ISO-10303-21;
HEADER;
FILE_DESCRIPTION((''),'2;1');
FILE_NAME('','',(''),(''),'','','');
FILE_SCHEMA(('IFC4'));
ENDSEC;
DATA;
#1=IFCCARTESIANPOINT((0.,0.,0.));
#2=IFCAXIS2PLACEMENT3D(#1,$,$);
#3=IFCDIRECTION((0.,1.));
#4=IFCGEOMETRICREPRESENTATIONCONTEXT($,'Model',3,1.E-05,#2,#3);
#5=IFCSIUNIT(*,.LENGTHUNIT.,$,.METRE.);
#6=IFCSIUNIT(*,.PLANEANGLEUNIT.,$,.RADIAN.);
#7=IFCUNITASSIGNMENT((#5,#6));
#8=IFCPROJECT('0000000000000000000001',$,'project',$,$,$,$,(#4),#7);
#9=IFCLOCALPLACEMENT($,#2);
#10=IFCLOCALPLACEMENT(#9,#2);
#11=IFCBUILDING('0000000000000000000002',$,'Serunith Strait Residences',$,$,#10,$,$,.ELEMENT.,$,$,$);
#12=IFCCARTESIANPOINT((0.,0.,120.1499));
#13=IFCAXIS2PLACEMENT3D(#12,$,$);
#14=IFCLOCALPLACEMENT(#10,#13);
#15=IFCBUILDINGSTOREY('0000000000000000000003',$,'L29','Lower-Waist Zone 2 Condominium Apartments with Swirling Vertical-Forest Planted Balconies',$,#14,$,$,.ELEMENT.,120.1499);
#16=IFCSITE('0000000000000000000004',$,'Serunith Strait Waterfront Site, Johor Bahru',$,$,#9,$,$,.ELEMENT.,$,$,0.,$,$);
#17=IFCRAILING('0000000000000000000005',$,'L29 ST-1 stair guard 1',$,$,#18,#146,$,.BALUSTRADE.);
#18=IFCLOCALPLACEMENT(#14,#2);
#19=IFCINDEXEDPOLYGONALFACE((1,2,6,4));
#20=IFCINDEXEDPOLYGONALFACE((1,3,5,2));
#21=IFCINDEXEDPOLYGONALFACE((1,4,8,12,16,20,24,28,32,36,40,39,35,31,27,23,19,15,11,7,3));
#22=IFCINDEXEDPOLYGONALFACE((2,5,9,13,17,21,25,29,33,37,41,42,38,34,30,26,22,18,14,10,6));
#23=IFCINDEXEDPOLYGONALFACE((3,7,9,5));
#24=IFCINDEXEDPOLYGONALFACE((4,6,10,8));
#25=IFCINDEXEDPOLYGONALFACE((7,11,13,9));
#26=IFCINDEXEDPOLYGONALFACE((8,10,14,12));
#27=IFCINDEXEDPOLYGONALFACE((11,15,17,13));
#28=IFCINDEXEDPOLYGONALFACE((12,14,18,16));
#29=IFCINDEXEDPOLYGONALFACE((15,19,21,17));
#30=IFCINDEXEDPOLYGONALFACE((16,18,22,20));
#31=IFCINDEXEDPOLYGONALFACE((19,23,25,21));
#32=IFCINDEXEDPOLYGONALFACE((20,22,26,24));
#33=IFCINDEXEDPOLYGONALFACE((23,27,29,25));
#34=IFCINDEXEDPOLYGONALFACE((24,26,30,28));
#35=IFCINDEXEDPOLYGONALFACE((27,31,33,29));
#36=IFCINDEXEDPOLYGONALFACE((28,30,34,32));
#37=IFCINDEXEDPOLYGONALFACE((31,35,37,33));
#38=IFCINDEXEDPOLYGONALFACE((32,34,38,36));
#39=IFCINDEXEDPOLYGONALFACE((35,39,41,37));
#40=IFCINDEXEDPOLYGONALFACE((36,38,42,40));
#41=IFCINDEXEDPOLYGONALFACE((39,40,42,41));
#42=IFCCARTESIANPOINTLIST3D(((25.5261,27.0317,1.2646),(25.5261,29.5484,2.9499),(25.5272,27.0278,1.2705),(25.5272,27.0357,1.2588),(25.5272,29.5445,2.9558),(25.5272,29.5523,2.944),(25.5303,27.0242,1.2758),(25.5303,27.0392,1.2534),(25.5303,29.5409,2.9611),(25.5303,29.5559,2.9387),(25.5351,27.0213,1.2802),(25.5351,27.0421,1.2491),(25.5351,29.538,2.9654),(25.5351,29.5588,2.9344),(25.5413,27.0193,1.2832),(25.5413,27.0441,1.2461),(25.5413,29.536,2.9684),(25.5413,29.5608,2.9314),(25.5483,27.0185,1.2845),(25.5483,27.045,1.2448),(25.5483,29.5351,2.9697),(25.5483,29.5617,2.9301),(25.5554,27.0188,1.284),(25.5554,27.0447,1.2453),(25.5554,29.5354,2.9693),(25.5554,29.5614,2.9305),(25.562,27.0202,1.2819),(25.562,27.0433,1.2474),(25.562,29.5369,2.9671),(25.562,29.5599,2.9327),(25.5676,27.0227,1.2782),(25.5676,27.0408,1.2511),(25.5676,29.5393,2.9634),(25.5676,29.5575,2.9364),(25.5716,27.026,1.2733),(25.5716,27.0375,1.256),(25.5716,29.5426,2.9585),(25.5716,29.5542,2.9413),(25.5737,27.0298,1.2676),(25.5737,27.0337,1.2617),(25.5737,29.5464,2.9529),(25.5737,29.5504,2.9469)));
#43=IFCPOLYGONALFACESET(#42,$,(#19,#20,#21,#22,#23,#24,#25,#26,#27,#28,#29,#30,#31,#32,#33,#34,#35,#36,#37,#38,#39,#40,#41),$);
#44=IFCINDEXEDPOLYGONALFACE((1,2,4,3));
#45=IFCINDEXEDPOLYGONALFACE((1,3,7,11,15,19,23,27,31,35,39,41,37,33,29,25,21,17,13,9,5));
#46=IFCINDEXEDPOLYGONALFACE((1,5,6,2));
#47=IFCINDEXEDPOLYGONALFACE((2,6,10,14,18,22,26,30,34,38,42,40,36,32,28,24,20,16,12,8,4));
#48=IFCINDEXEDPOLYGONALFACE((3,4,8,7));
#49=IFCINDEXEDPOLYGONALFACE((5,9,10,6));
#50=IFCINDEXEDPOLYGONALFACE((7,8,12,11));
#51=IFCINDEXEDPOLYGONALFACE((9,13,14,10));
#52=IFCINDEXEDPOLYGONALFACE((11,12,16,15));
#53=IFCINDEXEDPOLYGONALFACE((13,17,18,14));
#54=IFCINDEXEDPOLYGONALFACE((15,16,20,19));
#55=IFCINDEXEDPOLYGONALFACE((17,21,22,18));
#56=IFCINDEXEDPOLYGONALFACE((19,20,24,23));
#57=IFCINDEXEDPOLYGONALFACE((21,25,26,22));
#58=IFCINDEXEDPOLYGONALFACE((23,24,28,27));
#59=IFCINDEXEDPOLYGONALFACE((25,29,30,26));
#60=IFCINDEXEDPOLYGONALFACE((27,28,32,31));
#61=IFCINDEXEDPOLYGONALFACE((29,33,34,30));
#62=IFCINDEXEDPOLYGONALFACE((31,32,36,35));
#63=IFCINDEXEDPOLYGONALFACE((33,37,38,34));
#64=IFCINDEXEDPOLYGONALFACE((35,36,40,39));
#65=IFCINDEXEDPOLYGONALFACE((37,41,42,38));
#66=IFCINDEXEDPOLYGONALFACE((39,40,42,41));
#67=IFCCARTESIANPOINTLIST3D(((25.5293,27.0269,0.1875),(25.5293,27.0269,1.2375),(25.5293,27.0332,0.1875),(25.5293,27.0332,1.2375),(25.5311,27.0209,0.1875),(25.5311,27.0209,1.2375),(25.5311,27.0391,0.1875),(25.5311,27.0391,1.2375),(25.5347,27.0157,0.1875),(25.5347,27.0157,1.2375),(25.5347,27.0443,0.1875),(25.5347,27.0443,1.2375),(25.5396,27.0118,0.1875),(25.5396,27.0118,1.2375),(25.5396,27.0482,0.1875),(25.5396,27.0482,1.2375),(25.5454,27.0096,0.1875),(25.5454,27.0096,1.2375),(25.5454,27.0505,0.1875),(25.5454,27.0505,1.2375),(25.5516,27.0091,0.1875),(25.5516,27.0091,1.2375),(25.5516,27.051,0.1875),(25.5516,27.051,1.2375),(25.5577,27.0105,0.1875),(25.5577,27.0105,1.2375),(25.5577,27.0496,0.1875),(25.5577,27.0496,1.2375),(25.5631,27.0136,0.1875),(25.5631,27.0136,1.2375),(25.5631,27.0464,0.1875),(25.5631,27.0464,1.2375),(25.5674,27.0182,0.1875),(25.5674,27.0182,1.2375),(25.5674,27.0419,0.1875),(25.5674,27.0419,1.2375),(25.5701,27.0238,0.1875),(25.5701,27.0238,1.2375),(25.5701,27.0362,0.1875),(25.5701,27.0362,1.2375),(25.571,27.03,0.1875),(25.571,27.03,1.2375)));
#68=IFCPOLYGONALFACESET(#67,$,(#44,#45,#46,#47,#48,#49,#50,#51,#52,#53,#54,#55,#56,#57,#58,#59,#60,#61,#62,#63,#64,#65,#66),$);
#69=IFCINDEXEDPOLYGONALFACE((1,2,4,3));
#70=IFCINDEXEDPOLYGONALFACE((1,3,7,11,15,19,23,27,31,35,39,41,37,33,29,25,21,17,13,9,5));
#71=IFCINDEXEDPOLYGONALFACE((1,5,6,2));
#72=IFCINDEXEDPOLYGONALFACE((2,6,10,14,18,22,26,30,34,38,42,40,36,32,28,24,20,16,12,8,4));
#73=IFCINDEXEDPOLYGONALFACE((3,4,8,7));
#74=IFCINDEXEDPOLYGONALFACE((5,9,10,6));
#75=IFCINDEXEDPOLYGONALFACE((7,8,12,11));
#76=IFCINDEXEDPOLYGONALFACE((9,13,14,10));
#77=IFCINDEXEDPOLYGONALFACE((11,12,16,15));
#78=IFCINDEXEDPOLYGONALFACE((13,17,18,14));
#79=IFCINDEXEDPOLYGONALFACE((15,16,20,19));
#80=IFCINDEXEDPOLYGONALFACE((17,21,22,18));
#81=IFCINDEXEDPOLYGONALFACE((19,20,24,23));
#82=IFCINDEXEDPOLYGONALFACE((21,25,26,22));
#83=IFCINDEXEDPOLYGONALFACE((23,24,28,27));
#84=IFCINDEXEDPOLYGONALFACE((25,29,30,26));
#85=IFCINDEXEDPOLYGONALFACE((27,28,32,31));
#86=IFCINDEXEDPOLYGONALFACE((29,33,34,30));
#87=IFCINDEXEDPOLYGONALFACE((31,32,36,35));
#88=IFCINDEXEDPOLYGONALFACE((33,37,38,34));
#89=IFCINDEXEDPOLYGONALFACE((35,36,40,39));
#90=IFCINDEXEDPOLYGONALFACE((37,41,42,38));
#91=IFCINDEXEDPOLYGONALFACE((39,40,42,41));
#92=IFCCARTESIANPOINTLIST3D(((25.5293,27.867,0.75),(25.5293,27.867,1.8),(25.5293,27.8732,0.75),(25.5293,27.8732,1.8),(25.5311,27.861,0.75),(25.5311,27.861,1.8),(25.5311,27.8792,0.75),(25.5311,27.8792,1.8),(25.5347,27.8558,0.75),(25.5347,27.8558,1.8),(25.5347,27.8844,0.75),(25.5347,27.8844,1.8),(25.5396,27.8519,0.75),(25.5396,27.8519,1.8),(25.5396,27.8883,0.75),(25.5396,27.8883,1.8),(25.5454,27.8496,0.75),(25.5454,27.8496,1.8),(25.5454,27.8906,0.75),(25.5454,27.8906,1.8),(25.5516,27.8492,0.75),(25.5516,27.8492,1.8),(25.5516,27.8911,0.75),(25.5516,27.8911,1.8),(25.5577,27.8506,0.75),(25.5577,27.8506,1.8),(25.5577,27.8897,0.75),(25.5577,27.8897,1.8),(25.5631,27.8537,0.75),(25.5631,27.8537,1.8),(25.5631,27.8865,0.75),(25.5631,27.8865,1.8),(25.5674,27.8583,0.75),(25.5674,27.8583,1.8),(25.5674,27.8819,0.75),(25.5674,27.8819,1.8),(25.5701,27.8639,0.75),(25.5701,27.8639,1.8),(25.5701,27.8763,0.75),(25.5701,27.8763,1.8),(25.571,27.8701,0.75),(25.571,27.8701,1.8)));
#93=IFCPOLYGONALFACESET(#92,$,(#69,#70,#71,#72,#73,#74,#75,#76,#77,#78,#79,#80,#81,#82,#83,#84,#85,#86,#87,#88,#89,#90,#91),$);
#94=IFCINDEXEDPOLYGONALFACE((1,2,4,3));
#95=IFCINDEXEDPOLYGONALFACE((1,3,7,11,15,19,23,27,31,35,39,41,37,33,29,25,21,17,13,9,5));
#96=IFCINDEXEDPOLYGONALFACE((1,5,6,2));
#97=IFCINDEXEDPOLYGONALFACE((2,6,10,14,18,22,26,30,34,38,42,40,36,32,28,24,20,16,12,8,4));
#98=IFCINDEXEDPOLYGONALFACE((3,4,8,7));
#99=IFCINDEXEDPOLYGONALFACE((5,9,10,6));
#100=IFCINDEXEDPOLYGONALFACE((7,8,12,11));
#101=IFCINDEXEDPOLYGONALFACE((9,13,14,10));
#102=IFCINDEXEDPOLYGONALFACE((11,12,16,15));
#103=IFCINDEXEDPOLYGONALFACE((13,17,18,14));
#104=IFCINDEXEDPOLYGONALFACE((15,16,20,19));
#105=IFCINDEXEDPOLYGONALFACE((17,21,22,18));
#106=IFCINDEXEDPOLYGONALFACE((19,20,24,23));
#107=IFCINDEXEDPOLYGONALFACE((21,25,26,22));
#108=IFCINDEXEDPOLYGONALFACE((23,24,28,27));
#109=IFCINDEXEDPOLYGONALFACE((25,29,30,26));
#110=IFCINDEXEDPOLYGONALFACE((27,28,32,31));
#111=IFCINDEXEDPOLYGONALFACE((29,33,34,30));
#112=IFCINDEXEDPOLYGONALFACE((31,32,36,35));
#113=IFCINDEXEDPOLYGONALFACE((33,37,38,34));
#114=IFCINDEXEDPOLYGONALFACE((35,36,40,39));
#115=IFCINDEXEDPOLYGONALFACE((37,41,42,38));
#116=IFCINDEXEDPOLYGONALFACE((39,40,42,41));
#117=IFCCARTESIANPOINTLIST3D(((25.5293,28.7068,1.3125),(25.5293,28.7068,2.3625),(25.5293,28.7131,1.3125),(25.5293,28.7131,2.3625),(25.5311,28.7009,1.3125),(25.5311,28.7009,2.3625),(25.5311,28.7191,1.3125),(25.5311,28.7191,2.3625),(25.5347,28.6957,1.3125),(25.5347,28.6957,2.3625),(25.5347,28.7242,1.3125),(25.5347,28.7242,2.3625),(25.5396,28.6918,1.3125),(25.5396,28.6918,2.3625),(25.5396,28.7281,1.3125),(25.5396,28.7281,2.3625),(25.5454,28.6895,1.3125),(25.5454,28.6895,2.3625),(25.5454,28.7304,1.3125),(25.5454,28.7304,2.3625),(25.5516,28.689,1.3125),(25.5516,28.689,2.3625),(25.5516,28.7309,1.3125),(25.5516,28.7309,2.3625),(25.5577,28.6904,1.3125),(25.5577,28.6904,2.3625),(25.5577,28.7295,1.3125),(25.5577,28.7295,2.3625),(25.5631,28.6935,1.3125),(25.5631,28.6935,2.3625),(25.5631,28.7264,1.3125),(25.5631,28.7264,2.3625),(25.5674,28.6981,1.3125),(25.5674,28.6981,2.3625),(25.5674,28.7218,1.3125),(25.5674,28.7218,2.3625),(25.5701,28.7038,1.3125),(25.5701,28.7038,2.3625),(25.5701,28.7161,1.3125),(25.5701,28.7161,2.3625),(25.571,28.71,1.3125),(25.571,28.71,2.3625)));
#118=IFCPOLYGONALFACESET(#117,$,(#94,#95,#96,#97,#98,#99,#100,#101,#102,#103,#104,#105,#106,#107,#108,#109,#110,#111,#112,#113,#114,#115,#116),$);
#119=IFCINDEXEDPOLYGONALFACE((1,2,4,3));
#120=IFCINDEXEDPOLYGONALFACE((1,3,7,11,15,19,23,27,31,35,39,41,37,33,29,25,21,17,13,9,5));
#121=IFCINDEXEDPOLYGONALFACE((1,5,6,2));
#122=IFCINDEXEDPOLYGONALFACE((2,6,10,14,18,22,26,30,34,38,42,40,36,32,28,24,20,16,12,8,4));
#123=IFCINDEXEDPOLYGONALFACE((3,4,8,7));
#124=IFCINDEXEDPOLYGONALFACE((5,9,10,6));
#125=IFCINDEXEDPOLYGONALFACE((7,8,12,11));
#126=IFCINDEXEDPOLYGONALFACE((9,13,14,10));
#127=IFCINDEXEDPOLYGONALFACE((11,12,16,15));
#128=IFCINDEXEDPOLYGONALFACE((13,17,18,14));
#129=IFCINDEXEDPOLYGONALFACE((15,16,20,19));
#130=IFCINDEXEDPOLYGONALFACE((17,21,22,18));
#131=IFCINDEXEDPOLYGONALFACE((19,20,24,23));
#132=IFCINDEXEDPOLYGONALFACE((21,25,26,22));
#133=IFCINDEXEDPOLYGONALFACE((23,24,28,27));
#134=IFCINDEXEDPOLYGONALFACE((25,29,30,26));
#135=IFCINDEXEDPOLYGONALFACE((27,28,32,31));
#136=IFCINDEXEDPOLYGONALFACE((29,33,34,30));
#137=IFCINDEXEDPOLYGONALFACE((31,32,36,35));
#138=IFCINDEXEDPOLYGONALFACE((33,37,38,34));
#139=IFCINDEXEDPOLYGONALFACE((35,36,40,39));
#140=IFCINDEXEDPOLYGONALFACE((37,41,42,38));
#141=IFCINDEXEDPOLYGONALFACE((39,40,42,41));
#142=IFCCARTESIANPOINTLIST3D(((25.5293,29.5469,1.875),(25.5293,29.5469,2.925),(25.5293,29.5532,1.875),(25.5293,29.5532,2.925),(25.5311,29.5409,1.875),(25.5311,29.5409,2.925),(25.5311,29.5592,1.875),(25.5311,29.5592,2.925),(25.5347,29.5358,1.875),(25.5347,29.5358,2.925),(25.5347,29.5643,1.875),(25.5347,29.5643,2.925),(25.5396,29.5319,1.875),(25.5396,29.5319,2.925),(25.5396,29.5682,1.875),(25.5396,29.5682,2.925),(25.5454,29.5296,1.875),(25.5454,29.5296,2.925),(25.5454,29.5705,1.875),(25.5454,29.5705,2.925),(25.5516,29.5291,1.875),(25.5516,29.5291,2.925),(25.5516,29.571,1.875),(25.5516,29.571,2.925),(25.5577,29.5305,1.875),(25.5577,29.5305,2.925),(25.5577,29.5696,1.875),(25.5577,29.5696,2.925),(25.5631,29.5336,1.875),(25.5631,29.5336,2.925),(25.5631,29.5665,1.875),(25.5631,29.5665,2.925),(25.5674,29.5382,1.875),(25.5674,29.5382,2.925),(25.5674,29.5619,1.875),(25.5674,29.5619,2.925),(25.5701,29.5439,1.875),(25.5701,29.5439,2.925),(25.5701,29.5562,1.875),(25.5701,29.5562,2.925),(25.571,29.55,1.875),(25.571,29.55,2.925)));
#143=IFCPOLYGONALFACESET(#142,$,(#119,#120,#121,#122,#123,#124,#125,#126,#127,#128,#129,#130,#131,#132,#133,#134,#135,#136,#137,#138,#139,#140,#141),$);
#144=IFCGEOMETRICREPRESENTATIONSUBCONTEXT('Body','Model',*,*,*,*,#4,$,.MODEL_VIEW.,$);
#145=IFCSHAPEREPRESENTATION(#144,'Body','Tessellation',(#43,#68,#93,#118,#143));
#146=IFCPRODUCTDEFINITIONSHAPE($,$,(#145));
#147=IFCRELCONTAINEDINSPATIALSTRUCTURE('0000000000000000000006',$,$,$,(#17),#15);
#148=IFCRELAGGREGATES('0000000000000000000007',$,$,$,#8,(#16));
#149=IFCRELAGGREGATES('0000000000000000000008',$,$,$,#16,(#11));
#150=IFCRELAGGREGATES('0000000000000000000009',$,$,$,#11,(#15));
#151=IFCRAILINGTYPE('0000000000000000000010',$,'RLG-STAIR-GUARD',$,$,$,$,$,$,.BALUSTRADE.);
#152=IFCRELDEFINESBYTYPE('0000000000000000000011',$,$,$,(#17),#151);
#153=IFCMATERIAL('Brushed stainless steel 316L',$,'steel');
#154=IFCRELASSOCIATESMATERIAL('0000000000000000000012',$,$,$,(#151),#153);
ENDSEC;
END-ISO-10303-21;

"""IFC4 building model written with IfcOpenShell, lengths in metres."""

from ifc_helpers import new_model, si_unit, direction, frame, origin, origin_2d, place, context, subcontext, project, spatial, circle, extrude, material, type_object, element, save


model = new_model("IFC4")

# Units and contexts
model_context = context("Model", 3, precision=1e-05, world=origin(), true_north=direction((0.0, 1.0)))
body_context = subcontext(model_context, "Body", "Model", "MODEL_VIEW")
ifc_project = project(units=[si_unit("LENGTHUNIT", "METRE"), si_unit("PLANEANGLEUNIT", "RADIAN")], contexts=[model_context])

# Site, building, storey
site_placement = place(None, origin())
site = spatial("IfcSite", under=ifc_project, at=site_placement, Name="Serunith Strait Waterfront Site, Johor Bahru", CompositionType="ELEMENT", RefElevation=0.0)
building_placement = place(site_placement, origin())
building = spatial("IfcBuilding", under=site, at=building_placement, Name="Serunith Strait Residences", CompositionType="ELEMENT")
storey_placement = place(building_placement, frame((0.0, 0.0, 120.1499)))
storey = spatial("IfcBuildingStorey", under=building, at=storey_placement, Name="L29", Description="Lower-Waist Zone 2 Condominium Apartments with Swirling Vertical-Forest Planted Balconies", CompositionType="ELEMENT", Elevation=120.1499)

# Railing
ifc_material_1 = material(Name="Brushed stainless steel 316L", Category="steel")
railing_type_1 = type_object("IfcRailingType", Name="RLG-STAIR-GUARD", PredefinedType="BALUSTRADE", material=ifc_material_1)
railing_1_placement = place(storey_placement, frame((25.55, 27.03, 0.1875)))
element("IfcRailing", 1, at=railing_1_placement, inside=storey, type_object=railing_type_1, Name="L29 ST-1 stair guard 1", PredefinedType="BALUSTRADE", context=body_context, shape_type="SweptSolid", body=[
    extrude(circle(Radius=0.0239, at=origin_2d()), frame((0.0, 0.0017, 1.0771), z_axis=(0.0, 0.830909, 0.556408), x_axis=(-1.0, 0.0, 0.0)), (0.0, 0.0, 1.0), 3.0288),
    extrude(circle(Radius=0.021, at=origin_2d()), origin(), (0.0, 0.0, 1.0), 1.05),
    extrude(circle(Radius=0.021, at=origin_2d()), frame((0.0, 0.8401, 0.5625)), (0.0, 0.0, 1.0), 1.05),
    extrude(circle(Radius=0.021, at=origin_2d()), frame((0.0, 1.6799, 1.125)), (0.0, 0.0, 1.0), 1.05),
    extrude(circle(Radius=0.021, at=origin_2d()), frame((0.0, 2.52, 1.6875)), (0.0, 0.0, 1.0), 1.05),
])

save(model, "model.ifc")
